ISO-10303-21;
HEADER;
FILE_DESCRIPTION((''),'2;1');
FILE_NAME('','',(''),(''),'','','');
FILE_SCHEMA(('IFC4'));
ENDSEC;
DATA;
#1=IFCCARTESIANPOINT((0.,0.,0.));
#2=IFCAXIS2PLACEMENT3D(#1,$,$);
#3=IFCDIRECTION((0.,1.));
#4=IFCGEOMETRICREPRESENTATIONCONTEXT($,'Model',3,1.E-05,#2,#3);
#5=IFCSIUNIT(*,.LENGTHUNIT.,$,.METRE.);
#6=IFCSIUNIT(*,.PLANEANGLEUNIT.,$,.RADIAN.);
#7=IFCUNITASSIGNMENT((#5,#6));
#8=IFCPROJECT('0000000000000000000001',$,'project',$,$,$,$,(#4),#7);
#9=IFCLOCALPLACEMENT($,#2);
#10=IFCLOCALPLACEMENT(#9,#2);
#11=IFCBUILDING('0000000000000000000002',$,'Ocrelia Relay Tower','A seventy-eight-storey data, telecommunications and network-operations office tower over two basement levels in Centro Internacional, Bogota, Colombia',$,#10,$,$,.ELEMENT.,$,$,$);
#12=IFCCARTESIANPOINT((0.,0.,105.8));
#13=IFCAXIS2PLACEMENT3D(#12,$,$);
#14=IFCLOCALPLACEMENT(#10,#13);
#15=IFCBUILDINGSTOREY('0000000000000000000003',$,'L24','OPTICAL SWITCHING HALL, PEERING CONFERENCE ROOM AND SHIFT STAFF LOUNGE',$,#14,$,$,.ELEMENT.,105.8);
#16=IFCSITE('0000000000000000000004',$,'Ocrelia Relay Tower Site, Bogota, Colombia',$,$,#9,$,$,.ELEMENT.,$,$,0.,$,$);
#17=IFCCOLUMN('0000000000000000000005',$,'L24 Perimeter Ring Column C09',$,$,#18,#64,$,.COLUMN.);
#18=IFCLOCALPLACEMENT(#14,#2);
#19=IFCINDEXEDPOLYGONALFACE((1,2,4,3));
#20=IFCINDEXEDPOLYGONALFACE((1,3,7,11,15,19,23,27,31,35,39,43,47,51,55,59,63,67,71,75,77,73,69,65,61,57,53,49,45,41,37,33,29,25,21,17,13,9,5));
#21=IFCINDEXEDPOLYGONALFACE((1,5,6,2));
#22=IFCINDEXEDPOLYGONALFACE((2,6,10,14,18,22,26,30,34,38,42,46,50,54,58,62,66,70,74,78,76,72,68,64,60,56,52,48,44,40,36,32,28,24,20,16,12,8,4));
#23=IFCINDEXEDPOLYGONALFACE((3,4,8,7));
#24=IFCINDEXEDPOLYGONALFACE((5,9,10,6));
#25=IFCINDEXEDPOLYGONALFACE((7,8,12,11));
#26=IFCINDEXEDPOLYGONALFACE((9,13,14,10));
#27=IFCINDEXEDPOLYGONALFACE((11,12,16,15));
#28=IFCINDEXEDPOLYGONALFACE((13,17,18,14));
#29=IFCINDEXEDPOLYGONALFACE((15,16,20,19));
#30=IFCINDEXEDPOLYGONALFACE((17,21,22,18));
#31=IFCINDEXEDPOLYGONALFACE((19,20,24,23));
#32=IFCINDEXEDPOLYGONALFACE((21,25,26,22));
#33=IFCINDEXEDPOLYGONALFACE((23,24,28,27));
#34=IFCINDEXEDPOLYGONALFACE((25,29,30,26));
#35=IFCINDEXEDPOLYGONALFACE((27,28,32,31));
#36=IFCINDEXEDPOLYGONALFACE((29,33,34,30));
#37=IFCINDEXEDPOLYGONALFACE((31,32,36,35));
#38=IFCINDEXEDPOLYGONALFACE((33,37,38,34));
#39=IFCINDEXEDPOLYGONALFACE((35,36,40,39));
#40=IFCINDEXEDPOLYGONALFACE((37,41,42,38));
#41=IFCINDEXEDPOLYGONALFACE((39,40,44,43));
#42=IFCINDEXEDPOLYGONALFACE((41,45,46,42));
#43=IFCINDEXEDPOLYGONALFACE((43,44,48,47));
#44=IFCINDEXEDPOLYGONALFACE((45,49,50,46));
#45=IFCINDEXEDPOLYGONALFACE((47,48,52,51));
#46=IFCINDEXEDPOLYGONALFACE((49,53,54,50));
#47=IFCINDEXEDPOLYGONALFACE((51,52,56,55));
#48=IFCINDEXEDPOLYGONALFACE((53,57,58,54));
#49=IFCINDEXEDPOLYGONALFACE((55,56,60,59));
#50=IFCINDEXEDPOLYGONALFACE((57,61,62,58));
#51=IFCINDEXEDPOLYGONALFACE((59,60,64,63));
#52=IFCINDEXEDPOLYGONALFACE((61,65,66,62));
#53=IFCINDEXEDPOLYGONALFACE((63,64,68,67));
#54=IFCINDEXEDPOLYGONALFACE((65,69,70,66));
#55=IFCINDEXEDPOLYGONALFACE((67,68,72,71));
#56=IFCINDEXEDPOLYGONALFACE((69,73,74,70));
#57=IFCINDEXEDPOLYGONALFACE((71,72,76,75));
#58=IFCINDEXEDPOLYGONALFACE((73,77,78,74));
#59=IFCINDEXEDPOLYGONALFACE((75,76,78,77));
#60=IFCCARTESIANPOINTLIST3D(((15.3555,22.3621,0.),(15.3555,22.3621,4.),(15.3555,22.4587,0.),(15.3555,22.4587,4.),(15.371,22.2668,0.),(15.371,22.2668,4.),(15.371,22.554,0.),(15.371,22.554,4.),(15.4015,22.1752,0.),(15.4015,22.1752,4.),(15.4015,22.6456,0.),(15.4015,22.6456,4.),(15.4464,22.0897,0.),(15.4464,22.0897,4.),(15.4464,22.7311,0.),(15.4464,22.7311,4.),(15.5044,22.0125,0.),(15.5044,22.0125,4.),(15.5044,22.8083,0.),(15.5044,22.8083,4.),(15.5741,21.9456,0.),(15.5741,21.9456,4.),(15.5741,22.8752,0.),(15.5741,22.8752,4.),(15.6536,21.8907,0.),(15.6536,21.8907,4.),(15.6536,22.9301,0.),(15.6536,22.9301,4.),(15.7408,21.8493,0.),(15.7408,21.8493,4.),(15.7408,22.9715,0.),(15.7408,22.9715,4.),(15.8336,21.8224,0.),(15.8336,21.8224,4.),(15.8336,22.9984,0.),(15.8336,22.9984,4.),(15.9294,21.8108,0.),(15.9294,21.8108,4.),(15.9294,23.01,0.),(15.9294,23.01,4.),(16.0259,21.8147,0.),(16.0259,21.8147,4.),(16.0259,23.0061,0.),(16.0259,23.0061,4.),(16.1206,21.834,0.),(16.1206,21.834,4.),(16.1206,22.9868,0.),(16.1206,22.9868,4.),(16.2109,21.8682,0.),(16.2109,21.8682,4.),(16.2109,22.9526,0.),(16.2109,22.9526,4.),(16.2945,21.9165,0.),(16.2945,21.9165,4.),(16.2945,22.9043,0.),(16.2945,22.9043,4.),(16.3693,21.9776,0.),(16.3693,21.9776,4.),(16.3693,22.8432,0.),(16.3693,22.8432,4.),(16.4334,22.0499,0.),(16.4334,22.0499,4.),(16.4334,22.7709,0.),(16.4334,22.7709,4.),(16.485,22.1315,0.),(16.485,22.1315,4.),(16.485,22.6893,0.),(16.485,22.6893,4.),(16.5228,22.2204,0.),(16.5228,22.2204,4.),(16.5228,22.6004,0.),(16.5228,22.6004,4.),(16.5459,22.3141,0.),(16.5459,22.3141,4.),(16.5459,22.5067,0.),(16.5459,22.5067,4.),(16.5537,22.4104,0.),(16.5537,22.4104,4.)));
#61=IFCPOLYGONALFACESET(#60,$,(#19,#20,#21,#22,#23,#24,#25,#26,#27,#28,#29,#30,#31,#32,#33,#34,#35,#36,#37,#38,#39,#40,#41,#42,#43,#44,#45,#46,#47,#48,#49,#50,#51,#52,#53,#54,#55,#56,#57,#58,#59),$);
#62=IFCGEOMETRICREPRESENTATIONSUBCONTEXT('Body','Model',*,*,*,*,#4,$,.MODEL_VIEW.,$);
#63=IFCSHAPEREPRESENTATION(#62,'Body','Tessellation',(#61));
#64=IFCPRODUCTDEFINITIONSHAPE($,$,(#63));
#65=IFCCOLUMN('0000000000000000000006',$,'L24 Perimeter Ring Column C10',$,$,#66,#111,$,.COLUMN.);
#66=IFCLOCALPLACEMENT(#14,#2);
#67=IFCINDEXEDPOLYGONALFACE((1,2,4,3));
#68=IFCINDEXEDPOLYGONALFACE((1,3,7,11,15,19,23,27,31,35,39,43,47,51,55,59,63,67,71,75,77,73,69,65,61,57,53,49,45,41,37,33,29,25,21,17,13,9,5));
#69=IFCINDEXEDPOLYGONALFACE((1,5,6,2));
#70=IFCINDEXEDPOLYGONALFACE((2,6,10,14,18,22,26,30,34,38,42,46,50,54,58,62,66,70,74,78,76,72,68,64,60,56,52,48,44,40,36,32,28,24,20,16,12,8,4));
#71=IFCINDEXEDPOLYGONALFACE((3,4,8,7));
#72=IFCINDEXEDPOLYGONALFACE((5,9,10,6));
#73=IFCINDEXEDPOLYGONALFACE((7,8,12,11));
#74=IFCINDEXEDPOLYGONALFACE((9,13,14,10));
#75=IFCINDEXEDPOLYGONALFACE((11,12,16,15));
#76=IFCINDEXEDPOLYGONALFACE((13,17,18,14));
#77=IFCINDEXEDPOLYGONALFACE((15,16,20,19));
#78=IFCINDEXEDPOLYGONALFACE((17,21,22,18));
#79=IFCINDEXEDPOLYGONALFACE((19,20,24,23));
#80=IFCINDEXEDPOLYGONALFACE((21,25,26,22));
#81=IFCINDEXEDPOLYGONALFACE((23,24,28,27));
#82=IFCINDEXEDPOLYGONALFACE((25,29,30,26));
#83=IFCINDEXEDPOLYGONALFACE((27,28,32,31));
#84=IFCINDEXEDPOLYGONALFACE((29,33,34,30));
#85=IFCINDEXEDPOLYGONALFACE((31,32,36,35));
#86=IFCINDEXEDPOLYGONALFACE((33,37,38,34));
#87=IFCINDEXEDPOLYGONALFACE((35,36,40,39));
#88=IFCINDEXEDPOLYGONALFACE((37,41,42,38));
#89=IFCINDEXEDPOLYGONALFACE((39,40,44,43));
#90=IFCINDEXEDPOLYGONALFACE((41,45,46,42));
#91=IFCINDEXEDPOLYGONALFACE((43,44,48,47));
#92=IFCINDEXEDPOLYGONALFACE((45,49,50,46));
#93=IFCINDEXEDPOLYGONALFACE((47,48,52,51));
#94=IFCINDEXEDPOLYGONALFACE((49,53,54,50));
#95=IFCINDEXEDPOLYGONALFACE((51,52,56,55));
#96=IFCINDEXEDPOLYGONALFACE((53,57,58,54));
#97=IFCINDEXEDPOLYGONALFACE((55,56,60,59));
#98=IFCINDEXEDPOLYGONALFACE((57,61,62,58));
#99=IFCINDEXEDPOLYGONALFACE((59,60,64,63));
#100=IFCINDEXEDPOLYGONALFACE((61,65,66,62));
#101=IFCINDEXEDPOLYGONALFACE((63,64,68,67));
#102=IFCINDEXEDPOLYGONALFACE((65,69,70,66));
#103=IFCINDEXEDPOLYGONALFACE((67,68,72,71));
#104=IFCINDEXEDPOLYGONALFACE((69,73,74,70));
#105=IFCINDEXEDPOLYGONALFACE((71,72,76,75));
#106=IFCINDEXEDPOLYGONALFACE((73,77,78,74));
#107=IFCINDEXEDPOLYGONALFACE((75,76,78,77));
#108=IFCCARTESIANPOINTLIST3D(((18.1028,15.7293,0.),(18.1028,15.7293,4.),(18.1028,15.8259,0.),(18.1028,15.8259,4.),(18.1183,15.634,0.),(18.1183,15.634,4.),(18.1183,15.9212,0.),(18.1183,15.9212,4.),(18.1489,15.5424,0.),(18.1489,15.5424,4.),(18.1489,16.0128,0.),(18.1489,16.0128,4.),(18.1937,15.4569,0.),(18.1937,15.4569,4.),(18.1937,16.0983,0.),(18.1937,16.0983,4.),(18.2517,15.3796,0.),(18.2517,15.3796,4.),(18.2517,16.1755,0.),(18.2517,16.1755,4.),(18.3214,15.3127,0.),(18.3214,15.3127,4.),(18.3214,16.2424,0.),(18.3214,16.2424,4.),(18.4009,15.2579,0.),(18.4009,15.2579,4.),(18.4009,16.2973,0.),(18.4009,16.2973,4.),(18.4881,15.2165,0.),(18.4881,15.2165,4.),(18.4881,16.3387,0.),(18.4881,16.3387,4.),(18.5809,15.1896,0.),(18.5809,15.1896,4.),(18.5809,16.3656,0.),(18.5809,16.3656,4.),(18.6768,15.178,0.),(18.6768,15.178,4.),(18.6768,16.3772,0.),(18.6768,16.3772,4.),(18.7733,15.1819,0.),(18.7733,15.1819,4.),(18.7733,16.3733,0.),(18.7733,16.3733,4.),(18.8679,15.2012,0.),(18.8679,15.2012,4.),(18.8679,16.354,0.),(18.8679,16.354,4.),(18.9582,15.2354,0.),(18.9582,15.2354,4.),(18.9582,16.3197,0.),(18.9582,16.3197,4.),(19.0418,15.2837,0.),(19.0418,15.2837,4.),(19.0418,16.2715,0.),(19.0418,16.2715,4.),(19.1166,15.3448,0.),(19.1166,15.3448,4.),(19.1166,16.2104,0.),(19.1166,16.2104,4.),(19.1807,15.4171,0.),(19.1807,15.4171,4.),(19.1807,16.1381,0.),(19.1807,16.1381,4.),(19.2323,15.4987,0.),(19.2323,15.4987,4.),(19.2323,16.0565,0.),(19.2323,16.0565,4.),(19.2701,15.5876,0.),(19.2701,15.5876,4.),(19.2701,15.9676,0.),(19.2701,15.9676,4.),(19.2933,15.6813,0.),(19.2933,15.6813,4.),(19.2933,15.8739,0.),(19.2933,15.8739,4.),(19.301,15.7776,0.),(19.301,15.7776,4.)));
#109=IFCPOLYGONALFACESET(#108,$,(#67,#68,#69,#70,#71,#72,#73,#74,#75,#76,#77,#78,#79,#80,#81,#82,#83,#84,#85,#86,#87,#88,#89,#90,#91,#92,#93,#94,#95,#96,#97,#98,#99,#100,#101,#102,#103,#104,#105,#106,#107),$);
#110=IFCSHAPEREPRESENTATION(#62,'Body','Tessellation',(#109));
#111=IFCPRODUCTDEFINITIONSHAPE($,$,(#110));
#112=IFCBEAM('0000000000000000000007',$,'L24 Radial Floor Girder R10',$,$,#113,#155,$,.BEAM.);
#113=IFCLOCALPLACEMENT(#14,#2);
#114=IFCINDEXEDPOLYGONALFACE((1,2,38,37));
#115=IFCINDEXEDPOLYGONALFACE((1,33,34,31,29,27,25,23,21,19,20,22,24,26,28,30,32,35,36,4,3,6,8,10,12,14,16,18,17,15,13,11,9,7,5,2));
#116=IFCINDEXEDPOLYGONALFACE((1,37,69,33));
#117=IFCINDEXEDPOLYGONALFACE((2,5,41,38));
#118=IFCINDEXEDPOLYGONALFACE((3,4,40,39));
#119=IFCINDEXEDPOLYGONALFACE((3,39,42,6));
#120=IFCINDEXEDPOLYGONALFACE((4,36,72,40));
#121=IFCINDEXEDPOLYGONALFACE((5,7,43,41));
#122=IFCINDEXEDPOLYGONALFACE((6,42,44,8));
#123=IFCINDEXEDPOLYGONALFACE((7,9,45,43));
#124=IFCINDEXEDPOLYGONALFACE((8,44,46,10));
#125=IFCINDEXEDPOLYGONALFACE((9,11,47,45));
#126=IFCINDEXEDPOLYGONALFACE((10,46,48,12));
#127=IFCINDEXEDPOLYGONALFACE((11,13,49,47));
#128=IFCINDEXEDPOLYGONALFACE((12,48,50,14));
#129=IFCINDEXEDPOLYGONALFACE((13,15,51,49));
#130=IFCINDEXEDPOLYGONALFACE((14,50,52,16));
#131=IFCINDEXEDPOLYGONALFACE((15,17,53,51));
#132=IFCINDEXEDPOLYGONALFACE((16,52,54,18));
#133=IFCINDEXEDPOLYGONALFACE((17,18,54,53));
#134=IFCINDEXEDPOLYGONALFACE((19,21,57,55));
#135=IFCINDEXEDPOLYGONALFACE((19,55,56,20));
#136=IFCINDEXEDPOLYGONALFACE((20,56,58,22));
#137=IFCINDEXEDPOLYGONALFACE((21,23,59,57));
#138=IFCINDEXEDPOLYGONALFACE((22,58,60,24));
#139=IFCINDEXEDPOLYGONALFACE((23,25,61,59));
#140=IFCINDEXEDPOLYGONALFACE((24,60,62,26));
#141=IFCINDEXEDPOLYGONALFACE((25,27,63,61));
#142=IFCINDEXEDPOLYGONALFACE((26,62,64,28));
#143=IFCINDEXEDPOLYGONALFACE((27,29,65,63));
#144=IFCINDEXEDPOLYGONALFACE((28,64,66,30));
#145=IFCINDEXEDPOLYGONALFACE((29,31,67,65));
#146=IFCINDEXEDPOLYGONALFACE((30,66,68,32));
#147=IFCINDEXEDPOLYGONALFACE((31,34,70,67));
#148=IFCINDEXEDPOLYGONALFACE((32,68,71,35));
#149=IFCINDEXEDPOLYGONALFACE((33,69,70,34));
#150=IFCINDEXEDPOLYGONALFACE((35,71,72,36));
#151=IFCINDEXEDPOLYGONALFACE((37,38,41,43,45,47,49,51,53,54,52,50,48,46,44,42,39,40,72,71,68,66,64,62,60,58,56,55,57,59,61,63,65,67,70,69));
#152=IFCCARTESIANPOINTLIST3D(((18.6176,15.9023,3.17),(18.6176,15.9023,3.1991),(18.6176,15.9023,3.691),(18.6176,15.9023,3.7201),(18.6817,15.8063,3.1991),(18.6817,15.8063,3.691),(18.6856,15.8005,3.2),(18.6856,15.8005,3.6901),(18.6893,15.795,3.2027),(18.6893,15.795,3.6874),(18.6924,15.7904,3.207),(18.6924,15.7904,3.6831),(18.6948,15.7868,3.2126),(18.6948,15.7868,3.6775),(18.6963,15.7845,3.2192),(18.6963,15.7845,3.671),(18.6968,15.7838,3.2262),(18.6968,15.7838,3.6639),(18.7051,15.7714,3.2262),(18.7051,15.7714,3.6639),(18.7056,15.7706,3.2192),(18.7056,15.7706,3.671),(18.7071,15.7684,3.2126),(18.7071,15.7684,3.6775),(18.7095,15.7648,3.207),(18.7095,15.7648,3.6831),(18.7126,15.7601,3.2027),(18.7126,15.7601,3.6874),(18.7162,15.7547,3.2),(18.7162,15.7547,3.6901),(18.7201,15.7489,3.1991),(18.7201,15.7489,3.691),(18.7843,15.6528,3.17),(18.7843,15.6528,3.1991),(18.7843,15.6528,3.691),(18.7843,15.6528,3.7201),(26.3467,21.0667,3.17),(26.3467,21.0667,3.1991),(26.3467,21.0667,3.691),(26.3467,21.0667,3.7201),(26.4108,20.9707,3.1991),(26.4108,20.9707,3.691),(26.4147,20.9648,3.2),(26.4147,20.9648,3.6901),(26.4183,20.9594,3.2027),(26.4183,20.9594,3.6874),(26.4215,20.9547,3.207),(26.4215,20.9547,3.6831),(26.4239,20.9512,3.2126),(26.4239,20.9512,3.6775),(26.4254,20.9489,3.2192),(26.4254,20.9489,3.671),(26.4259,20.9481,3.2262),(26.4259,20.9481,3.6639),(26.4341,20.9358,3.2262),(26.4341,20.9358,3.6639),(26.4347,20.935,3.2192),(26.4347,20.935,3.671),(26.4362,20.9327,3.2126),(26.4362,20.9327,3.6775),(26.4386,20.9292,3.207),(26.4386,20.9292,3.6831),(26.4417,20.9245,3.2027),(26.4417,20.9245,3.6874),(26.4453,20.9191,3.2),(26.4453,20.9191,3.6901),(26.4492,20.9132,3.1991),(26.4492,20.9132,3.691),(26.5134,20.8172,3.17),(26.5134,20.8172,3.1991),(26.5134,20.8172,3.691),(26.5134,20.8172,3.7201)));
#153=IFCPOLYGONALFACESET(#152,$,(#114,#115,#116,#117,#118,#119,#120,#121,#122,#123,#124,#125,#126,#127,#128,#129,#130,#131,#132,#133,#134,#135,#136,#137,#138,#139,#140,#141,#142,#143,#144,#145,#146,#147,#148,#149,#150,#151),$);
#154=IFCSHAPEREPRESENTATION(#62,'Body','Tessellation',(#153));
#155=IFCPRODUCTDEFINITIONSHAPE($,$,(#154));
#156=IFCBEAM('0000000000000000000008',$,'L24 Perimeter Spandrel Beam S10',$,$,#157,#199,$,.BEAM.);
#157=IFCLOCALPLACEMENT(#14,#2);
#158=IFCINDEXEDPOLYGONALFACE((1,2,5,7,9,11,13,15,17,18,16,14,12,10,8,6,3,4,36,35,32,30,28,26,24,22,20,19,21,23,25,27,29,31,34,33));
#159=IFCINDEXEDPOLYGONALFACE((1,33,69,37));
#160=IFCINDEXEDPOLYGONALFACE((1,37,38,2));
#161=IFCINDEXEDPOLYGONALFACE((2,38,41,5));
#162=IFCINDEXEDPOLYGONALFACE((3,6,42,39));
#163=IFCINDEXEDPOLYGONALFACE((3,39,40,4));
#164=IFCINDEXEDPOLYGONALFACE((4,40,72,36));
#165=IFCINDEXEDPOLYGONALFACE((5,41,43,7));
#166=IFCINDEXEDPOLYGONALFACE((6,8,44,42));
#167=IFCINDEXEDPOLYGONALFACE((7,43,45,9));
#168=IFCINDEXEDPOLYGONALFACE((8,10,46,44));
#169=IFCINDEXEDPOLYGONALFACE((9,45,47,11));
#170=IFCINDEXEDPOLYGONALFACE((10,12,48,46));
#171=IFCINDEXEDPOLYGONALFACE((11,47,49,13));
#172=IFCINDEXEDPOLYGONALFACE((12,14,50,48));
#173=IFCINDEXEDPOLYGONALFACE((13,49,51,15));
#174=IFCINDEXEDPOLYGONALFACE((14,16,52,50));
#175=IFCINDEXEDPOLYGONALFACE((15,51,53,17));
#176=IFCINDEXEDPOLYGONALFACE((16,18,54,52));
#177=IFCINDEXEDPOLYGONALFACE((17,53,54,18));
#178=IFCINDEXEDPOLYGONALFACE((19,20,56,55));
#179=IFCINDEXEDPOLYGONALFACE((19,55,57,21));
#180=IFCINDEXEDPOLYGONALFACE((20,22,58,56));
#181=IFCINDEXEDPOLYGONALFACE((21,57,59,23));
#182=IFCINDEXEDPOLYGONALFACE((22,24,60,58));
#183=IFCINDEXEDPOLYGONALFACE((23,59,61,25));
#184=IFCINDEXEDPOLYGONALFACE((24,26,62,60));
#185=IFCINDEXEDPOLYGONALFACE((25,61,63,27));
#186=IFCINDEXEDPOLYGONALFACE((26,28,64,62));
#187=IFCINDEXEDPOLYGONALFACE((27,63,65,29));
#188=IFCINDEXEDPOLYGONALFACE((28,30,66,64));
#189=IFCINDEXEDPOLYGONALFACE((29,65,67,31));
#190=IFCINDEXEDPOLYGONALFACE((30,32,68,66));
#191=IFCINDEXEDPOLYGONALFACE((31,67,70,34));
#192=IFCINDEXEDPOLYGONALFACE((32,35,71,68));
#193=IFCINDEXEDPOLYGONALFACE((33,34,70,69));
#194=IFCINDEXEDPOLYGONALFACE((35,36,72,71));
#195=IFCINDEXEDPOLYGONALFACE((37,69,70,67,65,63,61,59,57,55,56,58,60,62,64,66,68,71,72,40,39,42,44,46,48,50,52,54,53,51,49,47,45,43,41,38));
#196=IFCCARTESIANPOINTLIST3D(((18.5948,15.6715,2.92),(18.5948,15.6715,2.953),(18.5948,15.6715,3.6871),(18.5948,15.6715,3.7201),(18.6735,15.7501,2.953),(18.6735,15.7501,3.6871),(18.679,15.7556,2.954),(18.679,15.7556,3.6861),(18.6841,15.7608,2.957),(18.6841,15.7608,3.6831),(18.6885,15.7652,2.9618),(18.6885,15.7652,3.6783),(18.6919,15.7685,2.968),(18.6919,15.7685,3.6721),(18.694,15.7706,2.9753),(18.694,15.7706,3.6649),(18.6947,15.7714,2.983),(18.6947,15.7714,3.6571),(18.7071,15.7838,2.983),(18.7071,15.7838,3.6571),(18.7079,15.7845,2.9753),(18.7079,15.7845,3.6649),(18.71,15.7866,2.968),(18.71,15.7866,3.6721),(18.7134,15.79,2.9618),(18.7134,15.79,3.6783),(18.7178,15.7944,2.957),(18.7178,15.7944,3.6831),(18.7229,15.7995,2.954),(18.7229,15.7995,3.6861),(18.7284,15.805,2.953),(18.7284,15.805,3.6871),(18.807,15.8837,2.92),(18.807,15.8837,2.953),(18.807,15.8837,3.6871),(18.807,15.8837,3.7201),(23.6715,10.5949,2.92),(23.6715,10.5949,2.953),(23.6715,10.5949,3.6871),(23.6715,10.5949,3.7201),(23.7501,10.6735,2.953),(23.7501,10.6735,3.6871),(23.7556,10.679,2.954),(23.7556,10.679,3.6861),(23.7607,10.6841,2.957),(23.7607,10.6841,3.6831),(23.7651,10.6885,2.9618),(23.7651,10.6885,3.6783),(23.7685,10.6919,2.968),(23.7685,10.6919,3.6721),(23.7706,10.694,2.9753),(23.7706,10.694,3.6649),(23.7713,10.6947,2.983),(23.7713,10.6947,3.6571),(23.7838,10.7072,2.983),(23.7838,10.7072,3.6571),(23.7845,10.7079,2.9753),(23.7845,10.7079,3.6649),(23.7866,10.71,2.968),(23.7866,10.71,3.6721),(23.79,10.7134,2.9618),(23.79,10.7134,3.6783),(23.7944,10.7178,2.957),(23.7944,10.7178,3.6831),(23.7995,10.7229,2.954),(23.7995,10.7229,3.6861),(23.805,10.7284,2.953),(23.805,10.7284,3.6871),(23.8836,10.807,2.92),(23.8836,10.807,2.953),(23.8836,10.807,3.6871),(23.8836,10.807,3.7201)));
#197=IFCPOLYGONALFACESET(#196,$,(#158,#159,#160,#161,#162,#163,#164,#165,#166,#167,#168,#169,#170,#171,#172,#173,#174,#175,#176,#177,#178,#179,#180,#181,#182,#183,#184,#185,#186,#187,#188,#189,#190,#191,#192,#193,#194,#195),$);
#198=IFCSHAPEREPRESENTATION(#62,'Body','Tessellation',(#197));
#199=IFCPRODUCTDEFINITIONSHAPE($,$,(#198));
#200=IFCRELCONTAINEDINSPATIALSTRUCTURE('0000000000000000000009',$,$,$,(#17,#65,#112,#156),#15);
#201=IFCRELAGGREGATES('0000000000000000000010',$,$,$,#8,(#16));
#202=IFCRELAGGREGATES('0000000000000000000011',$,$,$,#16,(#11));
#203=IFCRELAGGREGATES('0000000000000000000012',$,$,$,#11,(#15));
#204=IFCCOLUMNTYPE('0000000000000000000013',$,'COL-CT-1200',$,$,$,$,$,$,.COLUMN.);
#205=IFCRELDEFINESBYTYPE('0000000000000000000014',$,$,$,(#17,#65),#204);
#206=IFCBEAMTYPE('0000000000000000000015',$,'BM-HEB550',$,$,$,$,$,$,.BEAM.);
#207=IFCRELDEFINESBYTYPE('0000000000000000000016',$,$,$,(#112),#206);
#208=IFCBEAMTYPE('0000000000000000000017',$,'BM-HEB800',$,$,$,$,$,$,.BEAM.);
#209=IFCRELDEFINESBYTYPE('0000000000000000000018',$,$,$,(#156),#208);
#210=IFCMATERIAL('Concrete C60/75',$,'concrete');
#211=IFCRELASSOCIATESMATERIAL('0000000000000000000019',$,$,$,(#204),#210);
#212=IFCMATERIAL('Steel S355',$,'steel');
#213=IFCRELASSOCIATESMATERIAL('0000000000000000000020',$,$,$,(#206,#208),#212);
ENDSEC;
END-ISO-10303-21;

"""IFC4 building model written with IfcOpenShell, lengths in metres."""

from ifc_helpers import new_model, si_unit, direction, frame, origin, origin_2d, place, context, subcontext, project, spatial, circle, i_section, extrude, material, material_profile, profile_set, type_object, element, save


model = new_model("IFC4")

# Units and contexts
model_context = context("Model", 3, precision=1e-05, world=origin(), true_north=direction((0.0, 1.0)))
body_context = subcontext(model_context, "Body", "Model", "MODEL_VIEW")
ifc_project = project(units=[si_unit("LENGTHUNIT", "METRE"), si_unit("PLANEANGLEUNIT", "RADIAN")], contexts=[model_context])

# Site, building, storey
site_placement = place(None, origin())
site = spatial("IfcSite", under=ifc_project, at=site_placement, Name="Ocrelia Relay Tower Site, Bogota, Colombia", CompositionType="ELEMENT", RefElevation=0.0)
building_placement = place(site_placement, origin())
building = spatial("IfcBuilding", under=site, at=building_placement, Name="Ocrelia Relay Tower", Description="A seventy-eight-storey data, telecommunications and network-operations office tower over two basement levels in Centro Internacional, Bogota, Colombia", CompositionType="ELEMENT")
storey_placement = place(building_placement, frame((0.0, 0.0, 105.8)))
storey = spatial("IfcBuildingStorey", under=building, at=storey_placement, Name="L24", Description="OPTICAL SWITCHING HALL, PEERING CONFERENCE ROOM AND SHIFT STAFF LOUNGE", CompositionType="ELEMENT", Elevation=105.8)

# Columns
ifc_material_1 = material(Name="Concrete C60/75", Category="concrete")
ifc_material_profile_1 = material_profile(ifc_material_1, circle(Radius=0.6001, at=origin_2d()), Name="RC-CIR-1200")
ifc_profile_set_1 = profile_set([ifc_material_profile_1], Name="Concrete C60/75")
column_type = type_object("IfcColumnType", Name="COL-CT-1200", PredefinedType="COLUMN", material=ifc_profile_set_1)
for number, where, z_axis, x_axis, name in (
    (1, (15.9536, 22.4104, 0.0), (0.0, 0.0, 1.0), (1.0, 0.0, 0.0), "L24 Perimeter Ring Column C09"),
    (2, (18.7009, 15.7776, 0.0), (0.0, 0.0, 1.0), (1.0, 0.0, 0.0), "L24 Perimeter Ring Column C10"),
):
    element("IfcColumn", number, at=place(storey_placement, frame(where, z_axis=z_axis, x_axis=x_axis)), inside=storey, type_object=column_type, Name=name, PredefinedType="COLUMN", context=body_context, shape_type="SweptSolid", body=[
        extrude(circle(Radius=0.6001, at=origin_2d()), origin(), (0.0, 0.0, 1.0), 4.0),
    ])

# Beams
ifc_material_2 = material(Name="Steel S355", Category="steel")
ifc_material_profile_2 = material_profile(ifc_material_2, i_section(OverallWidth=0.3, OverallDepth=0.55, WebThickness=0.0149, FlangeThickness=0.0291, FilletRadius=0.0271, at=origin_2d()), Name="HEB 550")
ifc_profile_set_2 = profile_set([ifc_material_profile_2], Name="Steel S355")
beam_type_1 = type_object("IfcBeamType", Name="BM-HEB550", PredefinedType="BEAM", material=ifc_profile_set_2)
beam_1_placement = place(storey_placement, frame((18.7009, 15.7776, 3.4451), z_axis=(0.831472, 0.555567, 0.0), x_axis=(-0.555567, 0.831472, 0.0)))
element("IfcBeam", 3, at=beam_1_placement, inside=storey, type_object=beam_type_1, Name="L24 Radial Floor Girder R10", PredefinedType="BEAM", context=body_context, shape_type="SweptSolid", body=[
    extrude(i_section(OverallWidth=0.3, OverallDepth=0.55, WebThickness=0.0149, FlangeThickness=0.0291, FilletRadius=0.0271, at=origin_2d()), origin(), (0.0, 0.0, 1.0), 9.2957),
])
ifc_material_profile_3 = material_profile(ifc_material_2, i_section(OverallWidth=0.3, OverallDepth=0.8, WebThickness=0.0176, FlangeThickness=0.033, FilletRadius=0.03, at=origin_2d()), Name="HEB 800")
ifc_profile_set_3 = profile_set([ifc_material_profile_3], Name="Steel S355")
beam_type_2 = type_object("IfcBeamType", Name="BM-HEB800", PredefinedType="BEAM", material=ifc_profile_set_3)
beam_2_placement = place(storey_placement, frame((18.7009, 15.7776, 3.3201), z_axis=(0.707107, -0.707107, 0.0), x_axis=(0.707107, 0.707107, 0.0)))
element("IfcBeam", 4, at=beam_2_placement, inside=storey, type_object=beam_type_2, Name="L24 Perimeter Spandrel Beam S10", PredefinedType="BEAM", context=body_context, shape_type="SweptSolid", body=[
    extrude(i_section(OverallWidth=0.3, OverallDepth=0.8, WebThickness=0.0176, FlangeThickness=0.033, FilletRadius=0.03, at=origin_2d()), origin(), (0.0, 0.0, 1.0), 7.1794),
])

save(model, "model.ifc")
